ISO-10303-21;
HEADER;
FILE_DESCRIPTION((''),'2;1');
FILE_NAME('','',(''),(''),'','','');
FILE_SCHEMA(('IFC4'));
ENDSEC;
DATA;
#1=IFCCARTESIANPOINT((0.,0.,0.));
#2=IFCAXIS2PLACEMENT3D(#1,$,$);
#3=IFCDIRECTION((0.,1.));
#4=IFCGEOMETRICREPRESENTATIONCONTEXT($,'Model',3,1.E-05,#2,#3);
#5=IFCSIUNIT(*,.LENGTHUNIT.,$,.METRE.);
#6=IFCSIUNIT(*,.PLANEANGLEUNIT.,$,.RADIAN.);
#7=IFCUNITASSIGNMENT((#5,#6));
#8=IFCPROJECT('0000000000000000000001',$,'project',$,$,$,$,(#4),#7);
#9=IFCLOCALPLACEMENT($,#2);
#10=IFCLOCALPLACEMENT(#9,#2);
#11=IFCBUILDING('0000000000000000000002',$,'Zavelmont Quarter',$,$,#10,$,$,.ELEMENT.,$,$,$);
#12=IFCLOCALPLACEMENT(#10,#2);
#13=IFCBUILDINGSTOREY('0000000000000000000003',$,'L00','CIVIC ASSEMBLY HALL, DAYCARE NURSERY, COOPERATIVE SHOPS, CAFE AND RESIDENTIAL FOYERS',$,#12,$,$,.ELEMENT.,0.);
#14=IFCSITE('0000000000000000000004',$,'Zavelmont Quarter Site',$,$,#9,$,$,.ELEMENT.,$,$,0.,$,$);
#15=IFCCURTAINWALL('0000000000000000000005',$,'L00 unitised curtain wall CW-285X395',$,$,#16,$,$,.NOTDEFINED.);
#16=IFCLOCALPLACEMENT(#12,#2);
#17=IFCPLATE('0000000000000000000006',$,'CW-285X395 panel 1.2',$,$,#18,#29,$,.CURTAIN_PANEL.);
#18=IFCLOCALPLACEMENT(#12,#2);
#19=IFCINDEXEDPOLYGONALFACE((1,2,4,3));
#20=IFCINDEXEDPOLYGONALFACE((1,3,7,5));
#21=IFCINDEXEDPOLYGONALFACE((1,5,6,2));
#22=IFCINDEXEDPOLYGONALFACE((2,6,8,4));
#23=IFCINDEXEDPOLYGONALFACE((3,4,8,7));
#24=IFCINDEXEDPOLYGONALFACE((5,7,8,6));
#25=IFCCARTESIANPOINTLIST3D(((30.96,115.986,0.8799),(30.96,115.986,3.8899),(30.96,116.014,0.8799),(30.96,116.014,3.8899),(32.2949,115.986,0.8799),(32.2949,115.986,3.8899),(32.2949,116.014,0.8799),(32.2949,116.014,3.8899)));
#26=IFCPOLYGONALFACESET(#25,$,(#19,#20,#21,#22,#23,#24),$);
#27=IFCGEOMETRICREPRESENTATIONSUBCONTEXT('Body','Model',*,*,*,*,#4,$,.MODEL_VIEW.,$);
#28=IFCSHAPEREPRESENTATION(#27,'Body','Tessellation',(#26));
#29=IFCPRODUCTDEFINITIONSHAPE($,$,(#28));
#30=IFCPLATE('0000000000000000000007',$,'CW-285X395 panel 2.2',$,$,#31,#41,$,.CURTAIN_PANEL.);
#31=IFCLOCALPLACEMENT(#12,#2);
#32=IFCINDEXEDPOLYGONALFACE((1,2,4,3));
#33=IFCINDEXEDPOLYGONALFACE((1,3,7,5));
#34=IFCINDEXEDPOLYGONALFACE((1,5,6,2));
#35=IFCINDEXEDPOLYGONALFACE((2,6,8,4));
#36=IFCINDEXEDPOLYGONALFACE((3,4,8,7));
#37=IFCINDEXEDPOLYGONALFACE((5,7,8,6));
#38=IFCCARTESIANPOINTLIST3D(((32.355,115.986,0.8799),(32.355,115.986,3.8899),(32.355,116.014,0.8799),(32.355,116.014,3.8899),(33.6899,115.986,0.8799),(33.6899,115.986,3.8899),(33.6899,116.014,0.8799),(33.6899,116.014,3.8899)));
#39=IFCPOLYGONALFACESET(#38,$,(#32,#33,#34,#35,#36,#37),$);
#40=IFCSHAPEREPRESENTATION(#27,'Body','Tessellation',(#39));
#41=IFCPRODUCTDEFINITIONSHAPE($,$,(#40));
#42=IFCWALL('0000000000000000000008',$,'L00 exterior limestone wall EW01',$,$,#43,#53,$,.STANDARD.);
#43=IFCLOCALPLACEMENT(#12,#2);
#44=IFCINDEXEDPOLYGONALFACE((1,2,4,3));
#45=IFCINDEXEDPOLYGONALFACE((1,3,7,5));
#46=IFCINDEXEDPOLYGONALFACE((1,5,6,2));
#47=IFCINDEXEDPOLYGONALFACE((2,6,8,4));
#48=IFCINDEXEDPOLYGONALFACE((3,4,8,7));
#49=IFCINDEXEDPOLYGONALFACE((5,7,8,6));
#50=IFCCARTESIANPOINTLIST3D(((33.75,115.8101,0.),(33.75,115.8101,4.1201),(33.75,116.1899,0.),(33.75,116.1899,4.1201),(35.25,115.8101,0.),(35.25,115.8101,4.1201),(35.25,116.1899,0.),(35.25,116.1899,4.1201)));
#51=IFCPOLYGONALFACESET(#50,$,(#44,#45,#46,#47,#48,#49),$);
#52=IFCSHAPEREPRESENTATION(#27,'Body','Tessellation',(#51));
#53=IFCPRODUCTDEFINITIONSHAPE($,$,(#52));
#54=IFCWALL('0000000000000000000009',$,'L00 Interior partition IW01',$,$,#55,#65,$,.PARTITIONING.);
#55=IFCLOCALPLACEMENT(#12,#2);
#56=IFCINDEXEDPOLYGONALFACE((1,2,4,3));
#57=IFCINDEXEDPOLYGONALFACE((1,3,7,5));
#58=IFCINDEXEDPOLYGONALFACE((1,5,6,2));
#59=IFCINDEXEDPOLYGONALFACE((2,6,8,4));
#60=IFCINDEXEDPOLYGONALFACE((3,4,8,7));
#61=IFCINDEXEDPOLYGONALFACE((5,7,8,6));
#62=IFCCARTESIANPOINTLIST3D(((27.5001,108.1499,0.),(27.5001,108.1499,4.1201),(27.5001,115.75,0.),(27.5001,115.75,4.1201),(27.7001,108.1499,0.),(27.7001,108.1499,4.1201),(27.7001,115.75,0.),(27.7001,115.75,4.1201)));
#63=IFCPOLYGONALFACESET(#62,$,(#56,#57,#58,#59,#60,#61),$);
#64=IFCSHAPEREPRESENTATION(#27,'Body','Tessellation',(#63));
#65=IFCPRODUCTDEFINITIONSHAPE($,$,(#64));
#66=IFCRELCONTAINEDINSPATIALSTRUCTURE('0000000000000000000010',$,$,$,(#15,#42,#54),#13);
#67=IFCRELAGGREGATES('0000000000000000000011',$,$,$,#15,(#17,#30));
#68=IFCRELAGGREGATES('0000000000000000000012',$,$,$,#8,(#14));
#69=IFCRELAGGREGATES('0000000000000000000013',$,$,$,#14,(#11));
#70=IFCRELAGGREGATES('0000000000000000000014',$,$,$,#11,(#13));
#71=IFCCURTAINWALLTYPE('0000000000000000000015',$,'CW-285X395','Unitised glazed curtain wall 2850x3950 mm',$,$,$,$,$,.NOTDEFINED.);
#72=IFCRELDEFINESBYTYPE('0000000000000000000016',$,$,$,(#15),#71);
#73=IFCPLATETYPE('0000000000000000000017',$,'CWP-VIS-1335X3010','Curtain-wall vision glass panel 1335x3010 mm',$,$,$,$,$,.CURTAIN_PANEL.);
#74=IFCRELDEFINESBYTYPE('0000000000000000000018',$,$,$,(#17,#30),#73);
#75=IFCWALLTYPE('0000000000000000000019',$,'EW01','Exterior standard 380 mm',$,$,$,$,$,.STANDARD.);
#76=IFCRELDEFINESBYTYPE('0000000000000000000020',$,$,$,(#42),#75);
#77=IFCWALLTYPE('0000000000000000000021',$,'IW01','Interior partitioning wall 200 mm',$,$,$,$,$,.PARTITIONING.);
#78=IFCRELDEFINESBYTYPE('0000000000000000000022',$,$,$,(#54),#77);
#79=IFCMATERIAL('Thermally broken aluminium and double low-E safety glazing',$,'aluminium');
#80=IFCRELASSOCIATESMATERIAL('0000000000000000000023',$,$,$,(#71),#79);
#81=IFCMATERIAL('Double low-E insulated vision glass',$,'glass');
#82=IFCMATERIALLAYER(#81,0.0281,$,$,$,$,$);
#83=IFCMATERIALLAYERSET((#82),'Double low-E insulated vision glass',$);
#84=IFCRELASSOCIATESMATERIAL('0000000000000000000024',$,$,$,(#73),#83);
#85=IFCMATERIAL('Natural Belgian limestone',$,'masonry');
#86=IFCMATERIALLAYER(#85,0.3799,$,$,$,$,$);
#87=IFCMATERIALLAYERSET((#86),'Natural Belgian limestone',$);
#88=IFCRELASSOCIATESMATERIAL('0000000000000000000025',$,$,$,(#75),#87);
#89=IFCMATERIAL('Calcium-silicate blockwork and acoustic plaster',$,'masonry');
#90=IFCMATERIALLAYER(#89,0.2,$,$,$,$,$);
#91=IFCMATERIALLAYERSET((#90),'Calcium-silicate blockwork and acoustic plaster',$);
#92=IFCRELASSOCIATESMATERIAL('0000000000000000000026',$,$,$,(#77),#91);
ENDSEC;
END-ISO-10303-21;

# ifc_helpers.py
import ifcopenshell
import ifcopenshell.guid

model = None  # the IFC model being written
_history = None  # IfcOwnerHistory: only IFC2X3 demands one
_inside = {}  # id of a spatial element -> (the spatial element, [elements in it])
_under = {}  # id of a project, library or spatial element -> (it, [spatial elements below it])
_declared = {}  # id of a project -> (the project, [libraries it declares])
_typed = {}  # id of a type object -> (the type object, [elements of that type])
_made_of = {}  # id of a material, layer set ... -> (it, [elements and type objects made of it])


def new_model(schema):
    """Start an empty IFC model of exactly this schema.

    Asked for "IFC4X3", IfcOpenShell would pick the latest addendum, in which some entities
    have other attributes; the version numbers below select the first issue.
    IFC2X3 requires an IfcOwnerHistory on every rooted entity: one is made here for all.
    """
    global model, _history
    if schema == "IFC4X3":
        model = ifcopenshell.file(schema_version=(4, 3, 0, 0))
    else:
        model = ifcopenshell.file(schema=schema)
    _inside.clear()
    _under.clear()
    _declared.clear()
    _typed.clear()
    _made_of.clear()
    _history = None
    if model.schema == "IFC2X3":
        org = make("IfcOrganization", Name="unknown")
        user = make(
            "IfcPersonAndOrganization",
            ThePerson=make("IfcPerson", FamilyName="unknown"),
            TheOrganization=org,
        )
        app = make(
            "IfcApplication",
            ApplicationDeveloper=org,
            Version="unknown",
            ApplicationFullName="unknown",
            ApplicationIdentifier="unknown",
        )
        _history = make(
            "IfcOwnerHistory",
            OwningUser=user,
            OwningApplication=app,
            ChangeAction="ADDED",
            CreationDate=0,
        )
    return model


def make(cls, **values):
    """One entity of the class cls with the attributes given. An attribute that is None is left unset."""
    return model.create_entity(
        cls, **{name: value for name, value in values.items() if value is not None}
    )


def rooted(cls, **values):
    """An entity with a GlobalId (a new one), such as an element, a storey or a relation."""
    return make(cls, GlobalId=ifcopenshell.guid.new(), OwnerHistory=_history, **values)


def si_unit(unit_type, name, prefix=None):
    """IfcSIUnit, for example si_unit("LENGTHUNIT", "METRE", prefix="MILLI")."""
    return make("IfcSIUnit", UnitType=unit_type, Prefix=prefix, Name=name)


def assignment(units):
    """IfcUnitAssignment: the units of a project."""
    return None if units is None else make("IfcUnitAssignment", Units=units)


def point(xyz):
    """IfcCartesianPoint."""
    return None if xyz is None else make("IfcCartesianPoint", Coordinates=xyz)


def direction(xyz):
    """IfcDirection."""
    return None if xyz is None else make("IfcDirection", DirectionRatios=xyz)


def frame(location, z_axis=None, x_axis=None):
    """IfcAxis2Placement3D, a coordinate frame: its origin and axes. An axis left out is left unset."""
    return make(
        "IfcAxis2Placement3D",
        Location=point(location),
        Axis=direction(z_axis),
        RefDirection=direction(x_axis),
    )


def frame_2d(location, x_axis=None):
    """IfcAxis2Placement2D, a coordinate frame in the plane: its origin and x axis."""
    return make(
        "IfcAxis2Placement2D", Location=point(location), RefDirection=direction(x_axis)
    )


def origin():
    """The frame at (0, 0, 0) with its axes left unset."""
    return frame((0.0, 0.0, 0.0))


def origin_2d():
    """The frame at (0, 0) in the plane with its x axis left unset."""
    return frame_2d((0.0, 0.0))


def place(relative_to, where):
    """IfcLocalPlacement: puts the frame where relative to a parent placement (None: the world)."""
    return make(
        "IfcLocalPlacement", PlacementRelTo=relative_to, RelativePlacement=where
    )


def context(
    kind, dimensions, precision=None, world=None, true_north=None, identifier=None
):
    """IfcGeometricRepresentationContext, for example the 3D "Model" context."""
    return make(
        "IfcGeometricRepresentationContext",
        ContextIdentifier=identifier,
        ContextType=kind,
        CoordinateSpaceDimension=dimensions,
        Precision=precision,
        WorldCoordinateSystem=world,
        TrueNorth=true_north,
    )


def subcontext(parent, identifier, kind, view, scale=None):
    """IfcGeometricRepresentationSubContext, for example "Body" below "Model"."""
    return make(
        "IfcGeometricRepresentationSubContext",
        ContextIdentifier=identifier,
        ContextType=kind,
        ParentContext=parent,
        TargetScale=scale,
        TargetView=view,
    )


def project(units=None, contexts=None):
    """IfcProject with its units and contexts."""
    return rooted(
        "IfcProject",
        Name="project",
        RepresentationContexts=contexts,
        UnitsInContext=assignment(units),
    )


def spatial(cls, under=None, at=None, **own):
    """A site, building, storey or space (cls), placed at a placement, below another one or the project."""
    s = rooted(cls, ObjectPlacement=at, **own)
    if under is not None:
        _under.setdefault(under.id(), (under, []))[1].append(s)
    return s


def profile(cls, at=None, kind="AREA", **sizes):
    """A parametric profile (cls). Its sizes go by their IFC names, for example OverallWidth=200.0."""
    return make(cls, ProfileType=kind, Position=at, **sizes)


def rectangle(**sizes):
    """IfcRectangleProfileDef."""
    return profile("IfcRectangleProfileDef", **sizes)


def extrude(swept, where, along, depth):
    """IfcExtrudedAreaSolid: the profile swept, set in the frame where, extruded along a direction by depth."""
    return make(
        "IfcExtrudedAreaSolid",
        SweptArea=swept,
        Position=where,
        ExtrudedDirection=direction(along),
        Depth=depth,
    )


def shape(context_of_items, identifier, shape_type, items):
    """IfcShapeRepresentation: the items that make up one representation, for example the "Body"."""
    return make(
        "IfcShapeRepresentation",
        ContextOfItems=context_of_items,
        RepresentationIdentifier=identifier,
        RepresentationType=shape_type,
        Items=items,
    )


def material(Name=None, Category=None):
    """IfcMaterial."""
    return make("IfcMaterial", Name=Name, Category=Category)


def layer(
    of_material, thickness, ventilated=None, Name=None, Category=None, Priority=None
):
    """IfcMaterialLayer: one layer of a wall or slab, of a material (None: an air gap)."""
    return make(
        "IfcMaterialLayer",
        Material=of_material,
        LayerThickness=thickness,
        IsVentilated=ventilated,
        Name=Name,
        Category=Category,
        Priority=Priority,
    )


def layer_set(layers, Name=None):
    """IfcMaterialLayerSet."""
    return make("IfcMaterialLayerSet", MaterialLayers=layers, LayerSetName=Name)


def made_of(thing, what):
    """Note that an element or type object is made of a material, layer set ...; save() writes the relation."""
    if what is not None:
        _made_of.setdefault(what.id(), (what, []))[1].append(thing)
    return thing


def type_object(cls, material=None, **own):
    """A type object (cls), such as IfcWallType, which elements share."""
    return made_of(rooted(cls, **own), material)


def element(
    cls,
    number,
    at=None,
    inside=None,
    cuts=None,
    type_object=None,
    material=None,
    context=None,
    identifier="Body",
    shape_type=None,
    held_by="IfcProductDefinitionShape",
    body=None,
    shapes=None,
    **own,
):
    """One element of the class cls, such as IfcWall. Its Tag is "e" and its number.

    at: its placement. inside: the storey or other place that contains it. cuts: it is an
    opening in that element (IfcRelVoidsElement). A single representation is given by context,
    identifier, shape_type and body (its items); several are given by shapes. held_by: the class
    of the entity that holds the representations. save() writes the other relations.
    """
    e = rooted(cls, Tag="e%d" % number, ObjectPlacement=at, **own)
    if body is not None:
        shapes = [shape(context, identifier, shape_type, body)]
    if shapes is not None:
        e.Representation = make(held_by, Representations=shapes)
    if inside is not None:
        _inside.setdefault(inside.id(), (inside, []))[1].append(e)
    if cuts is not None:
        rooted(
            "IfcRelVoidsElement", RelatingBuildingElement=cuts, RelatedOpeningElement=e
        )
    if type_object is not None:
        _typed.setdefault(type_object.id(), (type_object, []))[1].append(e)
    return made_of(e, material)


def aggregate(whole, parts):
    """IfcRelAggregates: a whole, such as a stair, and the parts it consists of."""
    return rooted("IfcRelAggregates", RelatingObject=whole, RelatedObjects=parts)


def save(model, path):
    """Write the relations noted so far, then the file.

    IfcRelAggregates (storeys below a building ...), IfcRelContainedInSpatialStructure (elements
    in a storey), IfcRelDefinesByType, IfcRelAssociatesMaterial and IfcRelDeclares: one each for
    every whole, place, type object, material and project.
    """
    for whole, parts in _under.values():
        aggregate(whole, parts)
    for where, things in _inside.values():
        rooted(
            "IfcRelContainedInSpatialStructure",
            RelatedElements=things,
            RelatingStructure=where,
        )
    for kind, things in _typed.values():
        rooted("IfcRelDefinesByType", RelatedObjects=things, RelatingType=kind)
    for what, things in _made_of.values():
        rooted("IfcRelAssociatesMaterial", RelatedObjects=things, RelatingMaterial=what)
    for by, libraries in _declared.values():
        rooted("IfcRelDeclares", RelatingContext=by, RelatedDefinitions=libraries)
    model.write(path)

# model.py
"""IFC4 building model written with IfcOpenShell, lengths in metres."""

from ifc_helpers import new_model, si_unit, direction, frame, frame_2d, origin, origin_2d, place, context, subcontext, project, spatial, rectangle, extrude, material, layer, layer_set, type_object, element, aggregate, save


model = new_model("IFC4")

# Units and contexts
model_context = context("Model", 3, precision=1e-05, world=origin(), true_north=direction((0.0, 1.0)))
body_context = subcontext(model_context, "Body", "Model", "MODEL_VIEW")
ifc_project = project(units=[si_unit("LENGTHUNIT", "METRE"), si_unit("PLANEANGLEUNIT", "RADIAN")], contexts=[model_context])

# Site, building, storey
site_placement = place(None, origin())
site = spatial("IfcSite", under=ifc_project, at=site_placement, Name="Zavelmont Quarter Site", CompositionType="ELEMENT", RefElevation=0.0)
building_placement = place(site_placement, origin())
building = spatial("IfcBuilding", under=site, at=building_placement, Name="Zavelmont Quarter", CompositionType="ELEMENT")
storey_placement = place(building_placement, origin())
storey = spatial("IfcBuildingStorey", under=building, at=storey_placement, Name="L00", Description="CIVIC ASSEMBLY HALL, DAYCARE NURSERY, COOPERATIVE SHOPS, CAFE AND RESIDENTIAL FOYERS", CompositionType="ELEMENT", Elevation=0.0)

# Curtain wall
ifc_material_1 = material(Name="Thermally broken aluminium and double low-E safety glazing", Category="aluminium")
curtain_wall_type_1 = type_object("IfcCurtainWallType", Name="CW-285X395", Description="Unitised glazed curtain wall 2850x3950 mm", PredefinedType="NOTDEFINED", material=ifc_material_1)
curtain_wall_1_placement = place(storey_placement, origin())
curtain_wall_1 = element("IfcCurtainWall", 1, at=curtain_wall_1_placement, inside=storey, type_object=curtain_wall_type_1, Name="L00 unitised curtain wall CW-285X395", PredefinedType="NOTDEFINED")

# Plates
ifc_material_2 = material(Name="Double low-E insulated vision glass", Category="glass")
ifc_layer_1 = layer(ifc_material_2, 0.0281)
ifc_layer_set_1 = layer_set([ifc_layer_1], Name="Double low-E insulated vision glass")
plate_type_1 = type_object("IfcPlateType", Name="CWP-VIS-1335X3010", Description="Curtain-wall vision glass panel 1335x3010 mm", PredefinedType="CURTAIN_PANEL", material=ifc_layer_set_1)
plate_1_placement = place(storey_placement, frame((31.6274, 116.0, 0.8799), z_axis=(0.0, 0.0, 1.0), x_axis=(1.0, 0.0, 0.0)))
plate_1 = element("IfcPlate", 2, at=plate_1_placement, type_object=plate_type_1, Name="CW-285X395 panel 1.2", PredefinedType="CURTAIN_PANEL", context=body_context, shape_type="SweptSolid", body=[
    extrude(rectangle(XDim=1.335, YDim=0.0281, at=origin_2d()), origin(), (0.0, 0.0, 1.0), 3.01),
])
plate_2_placement = place(storey_placement, frame((33.0225, 116.0, 0.8799), z_axis=(0.0, 0.0, 1.0), x_axis=(1.0, 0.0, 0.0)))
plate_2 = element("IfcPlate", 3, at=plate_2_placement, type_object=plate_type_1, Name="CW-285X395 panel 2.2", PredefinedType="CURTAIN_PANEL", context=body_context, shape_type="SweptSolid", body=[
    extrude(rectangle(XDim=1.335, YDim=0.0281, at=origin_2d()), origin(), (0.0, 0.0, 1.0), 3.01),
])
aggregate(curtain_wall_1, [plate_1, plate_2])

# Walls
ifc_material_3 = material(Name="Natural Belgian limestone", Category="masonry")
ifc_layer_2 = layer(ifc_material_3, 0.3799)
ifc_layer_set_2 = layer_set([ifc_layer_2], Name="Natural Belgian limestone")
wall_type_1 = type_object("IfcWallType", Name="EW01", Description="Exterior standard 380 mm", PredefinedType="STANDARD", material=ifc_layer_set_2)
wall_1_placement = place(storey_placement, frame((33.75, 116.0, 0.0), z_axis=(0.0, 0.0, 1.0), x_axis=(1.0, 0.0, 0.0)))
element("IfcWall", 4, at=wall_1_placement, inside=storey, type_object=wall_type_1, Name="L00 exterior limestone wall EW01", PredefinedType="STANDARD", context=body_context, shape_type="SweptSolid", body=[
    extrude(rectangle(XDim=1.5, YDim=0.3799, at=frame_2d((0.75, 0.0))), origin(), (0.0, 0.0, 1.0), 4.1201),
])
ifc_material_4 = material(Name="Calcium-silicate blockwork and acoustic plaster", Category="masonry")
ifc_layer_3 = layer(ifc_material_4, 0.2)
ifc_layer_set_3 = layer_set([ifc_layer_3], Name="Calcium-silicate blockwork and acoustic plaster")
wall_type_2 = type_object("IfcWallType", Name="IW01", Description="Interior partitioning wall 200 mm", PredefinedType="PARTITIONING", material=ifc_layer_set_3)
wall_2_placement = place(storey_placement, frame((27.6001, 108.1499, 0.0), z_axis=(0.0, 0.0, 1.0), x_axis=(0.0, 1.0, 0.0)))
element("IfcWall", 5, at=wall_2_placement, inside=storey, type_object=wall_type_2, Name="L00 Interior partition IW01", PredefinedType="PARTITIONING", context=body_context, shape_type="SweptSolid", body=[
    extrude(rectangle(XDim=7.6001, YDim=0.2, at=frame_2d((3.8, 0.0))), origin(), (0.0, 0.0, 1.0), 4.1201),
])

save(model, "model.ifc")
